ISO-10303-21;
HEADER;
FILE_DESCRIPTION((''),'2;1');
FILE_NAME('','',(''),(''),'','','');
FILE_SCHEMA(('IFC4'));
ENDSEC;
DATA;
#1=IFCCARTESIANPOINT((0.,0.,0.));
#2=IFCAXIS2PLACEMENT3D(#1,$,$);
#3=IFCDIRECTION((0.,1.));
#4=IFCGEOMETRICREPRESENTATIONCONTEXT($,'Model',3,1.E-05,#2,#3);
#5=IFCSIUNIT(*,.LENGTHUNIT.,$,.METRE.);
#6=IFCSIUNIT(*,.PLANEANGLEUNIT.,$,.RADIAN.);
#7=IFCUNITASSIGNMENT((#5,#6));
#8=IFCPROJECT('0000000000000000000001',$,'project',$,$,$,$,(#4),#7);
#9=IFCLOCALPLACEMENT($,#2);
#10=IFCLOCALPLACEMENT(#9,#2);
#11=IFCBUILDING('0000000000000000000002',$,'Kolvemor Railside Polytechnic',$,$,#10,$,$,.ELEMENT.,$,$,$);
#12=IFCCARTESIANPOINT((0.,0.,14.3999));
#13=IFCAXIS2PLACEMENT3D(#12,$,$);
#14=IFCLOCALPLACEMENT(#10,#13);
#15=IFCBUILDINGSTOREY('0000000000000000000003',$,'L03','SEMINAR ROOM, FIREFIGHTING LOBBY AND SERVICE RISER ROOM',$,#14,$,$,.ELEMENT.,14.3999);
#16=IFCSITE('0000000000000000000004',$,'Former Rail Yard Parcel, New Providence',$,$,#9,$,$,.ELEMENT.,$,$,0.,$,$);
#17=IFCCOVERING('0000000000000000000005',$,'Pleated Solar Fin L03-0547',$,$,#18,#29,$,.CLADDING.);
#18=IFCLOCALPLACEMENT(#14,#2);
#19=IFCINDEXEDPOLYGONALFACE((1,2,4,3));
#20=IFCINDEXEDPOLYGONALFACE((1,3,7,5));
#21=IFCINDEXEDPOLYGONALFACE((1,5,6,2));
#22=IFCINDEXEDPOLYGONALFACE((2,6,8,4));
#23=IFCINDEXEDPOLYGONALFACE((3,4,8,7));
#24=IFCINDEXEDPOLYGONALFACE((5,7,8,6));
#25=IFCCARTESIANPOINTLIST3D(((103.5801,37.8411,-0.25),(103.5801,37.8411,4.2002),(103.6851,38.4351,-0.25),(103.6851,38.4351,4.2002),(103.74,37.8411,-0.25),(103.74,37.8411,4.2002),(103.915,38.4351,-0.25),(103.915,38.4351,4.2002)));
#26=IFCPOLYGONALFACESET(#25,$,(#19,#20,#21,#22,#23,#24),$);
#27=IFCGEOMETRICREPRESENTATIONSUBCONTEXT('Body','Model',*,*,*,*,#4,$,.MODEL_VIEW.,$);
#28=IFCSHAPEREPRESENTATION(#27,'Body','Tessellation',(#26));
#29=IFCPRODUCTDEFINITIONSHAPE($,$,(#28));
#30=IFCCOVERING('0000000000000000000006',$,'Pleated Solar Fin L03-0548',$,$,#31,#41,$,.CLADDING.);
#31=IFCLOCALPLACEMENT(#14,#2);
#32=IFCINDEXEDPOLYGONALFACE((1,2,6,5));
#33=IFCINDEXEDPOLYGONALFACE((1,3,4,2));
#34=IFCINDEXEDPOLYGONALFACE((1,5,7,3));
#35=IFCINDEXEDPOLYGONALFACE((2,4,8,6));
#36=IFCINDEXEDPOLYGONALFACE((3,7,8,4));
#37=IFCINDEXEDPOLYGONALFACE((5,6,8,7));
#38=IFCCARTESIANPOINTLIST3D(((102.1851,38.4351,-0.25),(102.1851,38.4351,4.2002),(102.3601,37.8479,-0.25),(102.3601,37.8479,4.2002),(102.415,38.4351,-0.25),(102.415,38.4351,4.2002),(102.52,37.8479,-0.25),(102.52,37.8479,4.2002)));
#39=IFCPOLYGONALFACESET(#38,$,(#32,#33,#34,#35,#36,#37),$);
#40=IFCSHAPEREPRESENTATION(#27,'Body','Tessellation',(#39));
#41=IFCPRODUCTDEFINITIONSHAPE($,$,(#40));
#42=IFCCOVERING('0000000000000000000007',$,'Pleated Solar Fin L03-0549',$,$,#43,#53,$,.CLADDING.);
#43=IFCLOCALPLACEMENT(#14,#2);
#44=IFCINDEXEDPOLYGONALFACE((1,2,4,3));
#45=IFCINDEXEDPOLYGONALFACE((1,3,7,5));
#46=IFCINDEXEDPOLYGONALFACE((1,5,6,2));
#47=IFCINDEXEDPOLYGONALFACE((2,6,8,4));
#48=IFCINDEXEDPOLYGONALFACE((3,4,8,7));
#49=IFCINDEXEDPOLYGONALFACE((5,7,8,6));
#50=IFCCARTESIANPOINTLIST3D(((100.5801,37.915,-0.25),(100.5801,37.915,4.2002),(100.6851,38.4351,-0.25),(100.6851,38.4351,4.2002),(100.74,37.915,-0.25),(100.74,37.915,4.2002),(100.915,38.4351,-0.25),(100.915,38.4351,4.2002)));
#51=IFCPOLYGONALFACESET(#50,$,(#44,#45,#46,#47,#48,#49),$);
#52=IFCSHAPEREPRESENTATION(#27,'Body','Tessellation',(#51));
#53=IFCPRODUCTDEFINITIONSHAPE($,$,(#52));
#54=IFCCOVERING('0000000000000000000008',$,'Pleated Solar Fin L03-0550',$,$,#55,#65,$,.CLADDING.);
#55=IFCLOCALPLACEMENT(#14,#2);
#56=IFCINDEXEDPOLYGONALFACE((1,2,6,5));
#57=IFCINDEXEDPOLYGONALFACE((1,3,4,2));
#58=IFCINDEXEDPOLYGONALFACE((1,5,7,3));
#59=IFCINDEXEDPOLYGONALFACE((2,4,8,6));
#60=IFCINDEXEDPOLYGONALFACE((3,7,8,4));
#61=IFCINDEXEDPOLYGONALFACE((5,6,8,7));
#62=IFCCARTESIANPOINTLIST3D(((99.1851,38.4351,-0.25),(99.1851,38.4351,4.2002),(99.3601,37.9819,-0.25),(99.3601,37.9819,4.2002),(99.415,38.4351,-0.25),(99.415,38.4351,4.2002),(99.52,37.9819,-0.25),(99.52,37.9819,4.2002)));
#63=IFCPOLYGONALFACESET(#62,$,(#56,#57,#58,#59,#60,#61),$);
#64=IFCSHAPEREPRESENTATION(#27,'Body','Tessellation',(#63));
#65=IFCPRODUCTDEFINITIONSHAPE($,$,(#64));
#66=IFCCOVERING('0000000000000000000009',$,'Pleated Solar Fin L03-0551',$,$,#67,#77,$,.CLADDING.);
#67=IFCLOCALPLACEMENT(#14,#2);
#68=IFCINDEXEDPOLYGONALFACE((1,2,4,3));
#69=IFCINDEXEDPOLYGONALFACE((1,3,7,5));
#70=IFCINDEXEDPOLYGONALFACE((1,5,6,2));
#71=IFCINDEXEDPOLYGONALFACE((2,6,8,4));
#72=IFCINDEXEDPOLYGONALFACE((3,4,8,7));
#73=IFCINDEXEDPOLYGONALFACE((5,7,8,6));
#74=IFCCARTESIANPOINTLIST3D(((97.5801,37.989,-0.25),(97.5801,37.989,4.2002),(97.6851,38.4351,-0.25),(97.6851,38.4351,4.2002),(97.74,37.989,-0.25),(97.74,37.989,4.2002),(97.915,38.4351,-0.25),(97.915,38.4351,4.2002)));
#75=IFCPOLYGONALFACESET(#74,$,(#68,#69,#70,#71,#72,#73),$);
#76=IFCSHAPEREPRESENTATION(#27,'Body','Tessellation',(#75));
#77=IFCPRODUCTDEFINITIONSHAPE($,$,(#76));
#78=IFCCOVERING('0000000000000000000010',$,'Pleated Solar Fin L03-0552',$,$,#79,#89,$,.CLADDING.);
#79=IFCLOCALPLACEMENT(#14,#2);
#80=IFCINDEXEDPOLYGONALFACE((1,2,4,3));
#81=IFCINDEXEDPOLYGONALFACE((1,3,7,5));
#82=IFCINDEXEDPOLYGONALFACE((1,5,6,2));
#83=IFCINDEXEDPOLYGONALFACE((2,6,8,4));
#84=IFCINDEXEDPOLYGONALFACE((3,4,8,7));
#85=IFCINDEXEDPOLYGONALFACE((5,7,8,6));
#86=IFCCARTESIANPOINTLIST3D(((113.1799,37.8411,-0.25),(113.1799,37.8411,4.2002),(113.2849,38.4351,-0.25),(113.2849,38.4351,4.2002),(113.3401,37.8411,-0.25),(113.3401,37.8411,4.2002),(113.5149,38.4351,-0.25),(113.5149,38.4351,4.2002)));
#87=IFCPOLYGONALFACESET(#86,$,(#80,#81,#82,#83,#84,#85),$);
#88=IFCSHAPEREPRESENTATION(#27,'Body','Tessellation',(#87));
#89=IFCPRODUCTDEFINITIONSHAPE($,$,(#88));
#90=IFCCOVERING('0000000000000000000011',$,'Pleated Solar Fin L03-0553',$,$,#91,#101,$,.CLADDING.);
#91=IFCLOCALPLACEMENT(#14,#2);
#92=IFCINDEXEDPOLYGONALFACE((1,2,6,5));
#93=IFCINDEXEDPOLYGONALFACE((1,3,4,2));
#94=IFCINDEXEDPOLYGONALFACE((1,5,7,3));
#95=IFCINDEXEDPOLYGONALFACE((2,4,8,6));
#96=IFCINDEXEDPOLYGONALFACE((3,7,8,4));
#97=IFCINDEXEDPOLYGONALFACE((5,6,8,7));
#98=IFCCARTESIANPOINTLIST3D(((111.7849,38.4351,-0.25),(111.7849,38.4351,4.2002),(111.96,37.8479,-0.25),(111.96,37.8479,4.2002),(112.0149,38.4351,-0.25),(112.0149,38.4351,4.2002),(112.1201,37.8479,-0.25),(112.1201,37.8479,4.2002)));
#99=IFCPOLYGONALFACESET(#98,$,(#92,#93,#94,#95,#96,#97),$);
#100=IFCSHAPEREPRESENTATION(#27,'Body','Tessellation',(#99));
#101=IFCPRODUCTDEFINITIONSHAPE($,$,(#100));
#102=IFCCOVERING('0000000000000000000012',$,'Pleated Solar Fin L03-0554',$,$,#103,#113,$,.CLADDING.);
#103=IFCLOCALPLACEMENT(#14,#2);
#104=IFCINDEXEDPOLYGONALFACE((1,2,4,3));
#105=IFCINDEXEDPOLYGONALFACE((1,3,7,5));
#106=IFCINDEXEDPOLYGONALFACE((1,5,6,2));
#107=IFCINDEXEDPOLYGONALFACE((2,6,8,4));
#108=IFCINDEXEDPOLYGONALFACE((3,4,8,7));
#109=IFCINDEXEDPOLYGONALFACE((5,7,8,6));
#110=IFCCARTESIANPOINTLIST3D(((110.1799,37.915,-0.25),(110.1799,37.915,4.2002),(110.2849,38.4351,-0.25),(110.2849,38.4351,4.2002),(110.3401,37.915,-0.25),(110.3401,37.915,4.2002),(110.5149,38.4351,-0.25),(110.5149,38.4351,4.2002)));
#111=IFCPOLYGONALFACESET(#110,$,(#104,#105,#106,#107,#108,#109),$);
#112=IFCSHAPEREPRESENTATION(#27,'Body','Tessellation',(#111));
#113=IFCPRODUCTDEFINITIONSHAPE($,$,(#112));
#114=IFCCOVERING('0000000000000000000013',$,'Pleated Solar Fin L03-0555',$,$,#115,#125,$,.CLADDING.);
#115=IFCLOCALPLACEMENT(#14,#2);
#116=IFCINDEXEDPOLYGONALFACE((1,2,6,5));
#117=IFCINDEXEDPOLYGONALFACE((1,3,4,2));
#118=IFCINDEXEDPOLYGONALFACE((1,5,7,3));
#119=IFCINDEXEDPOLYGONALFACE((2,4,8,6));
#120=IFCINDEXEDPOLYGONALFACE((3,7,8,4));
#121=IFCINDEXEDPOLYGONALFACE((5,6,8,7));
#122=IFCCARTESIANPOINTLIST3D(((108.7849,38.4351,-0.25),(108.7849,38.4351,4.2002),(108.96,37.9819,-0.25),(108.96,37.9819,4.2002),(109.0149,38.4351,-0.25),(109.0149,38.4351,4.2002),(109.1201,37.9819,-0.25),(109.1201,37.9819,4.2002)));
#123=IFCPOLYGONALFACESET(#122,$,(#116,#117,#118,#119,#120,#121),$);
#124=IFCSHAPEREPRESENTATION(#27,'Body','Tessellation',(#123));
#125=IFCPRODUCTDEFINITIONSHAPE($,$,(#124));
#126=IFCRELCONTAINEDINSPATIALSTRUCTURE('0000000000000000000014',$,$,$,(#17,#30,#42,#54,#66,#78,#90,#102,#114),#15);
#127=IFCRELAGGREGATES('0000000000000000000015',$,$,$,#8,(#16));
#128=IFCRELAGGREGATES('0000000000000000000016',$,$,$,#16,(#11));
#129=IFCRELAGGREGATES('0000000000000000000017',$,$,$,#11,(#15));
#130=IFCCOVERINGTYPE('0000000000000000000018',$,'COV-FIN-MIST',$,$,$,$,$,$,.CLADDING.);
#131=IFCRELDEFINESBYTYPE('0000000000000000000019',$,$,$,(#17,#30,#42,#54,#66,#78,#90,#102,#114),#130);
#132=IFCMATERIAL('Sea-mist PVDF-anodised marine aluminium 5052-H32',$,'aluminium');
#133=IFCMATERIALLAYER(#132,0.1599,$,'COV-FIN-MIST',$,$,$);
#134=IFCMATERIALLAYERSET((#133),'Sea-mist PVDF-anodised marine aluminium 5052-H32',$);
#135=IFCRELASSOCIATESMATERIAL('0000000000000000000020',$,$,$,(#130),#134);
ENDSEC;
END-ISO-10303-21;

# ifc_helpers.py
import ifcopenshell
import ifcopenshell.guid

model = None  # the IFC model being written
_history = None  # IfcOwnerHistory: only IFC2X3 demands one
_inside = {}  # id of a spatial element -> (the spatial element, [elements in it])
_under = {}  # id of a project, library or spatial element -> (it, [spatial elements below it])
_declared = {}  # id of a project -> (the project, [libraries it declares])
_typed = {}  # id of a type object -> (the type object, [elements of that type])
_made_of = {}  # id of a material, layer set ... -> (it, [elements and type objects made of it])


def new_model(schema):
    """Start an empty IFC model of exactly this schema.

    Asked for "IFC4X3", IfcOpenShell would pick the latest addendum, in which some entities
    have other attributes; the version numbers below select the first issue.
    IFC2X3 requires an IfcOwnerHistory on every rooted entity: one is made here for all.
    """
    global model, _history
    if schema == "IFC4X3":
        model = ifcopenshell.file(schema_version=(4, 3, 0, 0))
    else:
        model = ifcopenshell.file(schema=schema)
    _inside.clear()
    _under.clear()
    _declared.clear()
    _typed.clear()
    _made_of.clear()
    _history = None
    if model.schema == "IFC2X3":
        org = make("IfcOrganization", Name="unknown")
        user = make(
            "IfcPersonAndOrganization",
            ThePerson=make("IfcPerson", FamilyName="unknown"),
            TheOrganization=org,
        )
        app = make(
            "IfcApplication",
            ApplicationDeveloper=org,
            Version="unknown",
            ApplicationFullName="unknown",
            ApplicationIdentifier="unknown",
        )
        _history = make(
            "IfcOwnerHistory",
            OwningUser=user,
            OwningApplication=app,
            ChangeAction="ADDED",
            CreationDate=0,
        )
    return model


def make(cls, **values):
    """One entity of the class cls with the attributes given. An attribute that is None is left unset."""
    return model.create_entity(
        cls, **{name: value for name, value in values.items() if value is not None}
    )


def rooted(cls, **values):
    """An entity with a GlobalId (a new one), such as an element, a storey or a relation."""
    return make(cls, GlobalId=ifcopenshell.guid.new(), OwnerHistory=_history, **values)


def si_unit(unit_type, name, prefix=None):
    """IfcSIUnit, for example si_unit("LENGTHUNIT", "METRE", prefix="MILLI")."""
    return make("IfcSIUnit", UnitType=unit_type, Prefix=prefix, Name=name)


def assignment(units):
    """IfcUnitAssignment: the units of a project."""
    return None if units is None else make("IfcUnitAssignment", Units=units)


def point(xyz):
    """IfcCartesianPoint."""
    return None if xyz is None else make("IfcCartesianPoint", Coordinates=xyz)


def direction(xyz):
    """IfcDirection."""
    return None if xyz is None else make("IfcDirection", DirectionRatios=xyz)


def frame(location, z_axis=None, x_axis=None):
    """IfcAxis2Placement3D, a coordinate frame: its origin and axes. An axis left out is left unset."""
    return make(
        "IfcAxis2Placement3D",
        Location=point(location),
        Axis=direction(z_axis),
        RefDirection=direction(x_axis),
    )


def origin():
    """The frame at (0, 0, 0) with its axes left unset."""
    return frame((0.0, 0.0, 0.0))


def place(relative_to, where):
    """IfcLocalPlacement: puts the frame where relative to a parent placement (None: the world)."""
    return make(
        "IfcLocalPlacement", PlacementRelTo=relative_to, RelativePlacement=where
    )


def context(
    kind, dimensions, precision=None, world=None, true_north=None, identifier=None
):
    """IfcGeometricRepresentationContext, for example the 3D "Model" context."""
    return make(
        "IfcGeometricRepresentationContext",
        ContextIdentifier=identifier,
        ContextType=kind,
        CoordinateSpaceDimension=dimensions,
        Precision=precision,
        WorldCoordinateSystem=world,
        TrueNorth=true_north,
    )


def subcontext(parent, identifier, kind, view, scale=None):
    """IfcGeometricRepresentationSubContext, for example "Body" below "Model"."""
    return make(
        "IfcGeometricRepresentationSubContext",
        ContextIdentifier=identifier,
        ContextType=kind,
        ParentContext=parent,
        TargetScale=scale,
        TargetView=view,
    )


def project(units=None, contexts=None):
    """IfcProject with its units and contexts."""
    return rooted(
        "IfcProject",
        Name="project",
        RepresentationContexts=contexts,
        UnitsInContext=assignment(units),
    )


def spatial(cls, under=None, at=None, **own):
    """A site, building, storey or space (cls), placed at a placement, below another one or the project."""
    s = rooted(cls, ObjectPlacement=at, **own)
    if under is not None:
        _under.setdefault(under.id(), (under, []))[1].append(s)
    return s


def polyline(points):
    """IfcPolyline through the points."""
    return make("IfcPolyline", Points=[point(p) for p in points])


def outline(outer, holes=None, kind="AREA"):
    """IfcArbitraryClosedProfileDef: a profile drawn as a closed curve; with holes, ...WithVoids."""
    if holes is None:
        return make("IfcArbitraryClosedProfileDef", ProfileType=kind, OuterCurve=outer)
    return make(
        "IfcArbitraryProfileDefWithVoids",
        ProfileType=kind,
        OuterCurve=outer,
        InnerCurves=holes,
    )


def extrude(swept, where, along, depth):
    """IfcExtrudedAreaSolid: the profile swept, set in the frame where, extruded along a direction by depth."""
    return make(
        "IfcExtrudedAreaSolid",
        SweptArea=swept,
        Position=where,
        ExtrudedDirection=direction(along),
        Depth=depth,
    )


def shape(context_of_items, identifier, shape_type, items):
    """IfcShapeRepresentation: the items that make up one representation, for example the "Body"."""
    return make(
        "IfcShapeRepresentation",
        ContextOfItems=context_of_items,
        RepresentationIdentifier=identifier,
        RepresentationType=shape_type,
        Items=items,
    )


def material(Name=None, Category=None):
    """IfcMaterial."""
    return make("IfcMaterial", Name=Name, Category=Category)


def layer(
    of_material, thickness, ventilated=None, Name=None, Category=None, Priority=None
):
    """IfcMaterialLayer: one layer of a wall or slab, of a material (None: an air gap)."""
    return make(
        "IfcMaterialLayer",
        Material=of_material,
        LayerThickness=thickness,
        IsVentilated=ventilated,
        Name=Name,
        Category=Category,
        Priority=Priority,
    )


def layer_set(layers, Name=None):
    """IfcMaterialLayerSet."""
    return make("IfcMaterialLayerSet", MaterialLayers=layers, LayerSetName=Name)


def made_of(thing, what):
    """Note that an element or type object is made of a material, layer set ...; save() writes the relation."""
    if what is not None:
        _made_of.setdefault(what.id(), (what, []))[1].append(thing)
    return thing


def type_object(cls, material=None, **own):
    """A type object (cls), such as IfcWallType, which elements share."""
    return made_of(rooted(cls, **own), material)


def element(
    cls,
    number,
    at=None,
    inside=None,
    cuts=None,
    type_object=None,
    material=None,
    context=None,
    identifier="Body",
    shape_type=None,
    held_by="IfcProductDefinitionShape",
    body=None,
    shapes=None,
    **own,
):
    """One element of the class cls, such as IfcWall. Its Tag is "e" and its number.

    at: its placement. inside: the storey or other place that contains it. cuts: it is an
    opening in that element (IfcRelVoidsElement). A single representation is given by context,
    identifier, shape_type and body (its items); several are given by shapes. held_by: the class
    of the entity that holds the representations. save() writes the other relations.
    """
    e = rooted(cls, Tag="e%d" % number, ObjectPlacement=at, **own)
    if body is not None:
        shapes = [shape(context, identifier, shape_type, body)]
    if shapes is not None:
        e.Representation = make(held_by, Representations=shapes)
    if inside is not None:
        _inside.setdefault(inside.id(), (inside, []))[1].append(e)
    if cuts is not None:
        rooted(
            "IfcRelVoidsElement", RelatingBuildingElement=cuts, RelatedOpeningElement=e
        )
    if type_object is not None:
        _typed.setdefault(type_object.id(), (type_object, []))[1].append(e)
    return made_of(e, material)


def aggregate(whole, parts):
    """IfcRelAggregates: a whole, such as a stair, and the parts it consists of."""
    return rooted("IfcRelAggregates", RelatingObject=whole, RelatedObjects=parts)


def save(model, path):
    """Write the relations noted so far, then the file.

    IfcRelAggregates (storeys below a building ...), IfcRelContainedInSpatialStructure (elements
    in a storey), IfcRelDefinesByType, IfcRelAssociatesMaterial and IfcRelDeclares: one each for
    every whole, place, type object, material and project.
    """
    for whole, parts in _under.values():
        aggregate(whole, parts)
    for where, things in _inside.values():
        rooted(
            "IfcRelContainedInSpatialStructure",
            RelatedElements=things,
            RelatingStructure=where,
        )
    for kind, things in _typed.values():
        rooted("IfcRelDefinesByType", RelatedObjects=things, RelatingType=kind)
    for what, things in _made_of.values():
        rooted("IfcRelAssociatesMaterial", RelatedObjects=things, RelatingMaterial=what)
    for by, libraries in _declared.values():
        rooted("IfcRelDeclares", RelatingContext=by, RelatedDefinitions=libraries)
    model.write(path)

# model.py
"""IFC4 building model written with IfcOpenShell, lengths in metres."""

from ifc_helpers import new_model, si_unit, direction, frame, origin, place, context, subcontext, project, spatial, polyline, outline, extrude, material, layer, layer_set, type_object, element, save


model = new_model("IFC4")

# Units and contexts
model_context = context("Model", 3, precision=1e-05, world=origin(), true_north=direction((0.0, 1.0)))
body_context = subcontext(model_context, "Body", "Model", "MODEL_VIEW")
ifc_project = project(units=[si_unit("LENGTHUNIT", "METRE"), si_unit("PLANEANGLEUNIT", "RADIAN")], contexts=[model_context])

# Site, building, storey
site_placement = place(None, origin())
site = spatial("IfcSite", under=ifc_project, at=site_placement, Name="Former Rail Yard Parcel, New Providence", CompositionType="ELEMENT", RefElevation=0.0)
building_placement = place(site_placement, origin())
building = spatial("IfcBuilding", under=site, at=building_placement, Name="Kolvemor Railside Polytechnic", CompositionType="ELEMENT")
storey_placement = place(building_placement, frame((0.0, 0.0, 14.3999)))
storey = spatial("IfcBuildingStorey", under=building, at=storey_placement, Name="L03", Description="SEMINAR ROOM, FIREFIGHTING LOBBY AND SERVICE RISER ROOM", CompositionType="ELEMENT", Elevation=14.3999)

# Coverings
ifc_material = material(Name="Sea-mist PVDF-anodised marine aluminium 5052-H32", Category="aluminium")
ifc_layer = layer(ifc_material, 0.1599, Name="COV-FIN-MIST")
ifc_layer_set = layer_set([ifc_layer], Name="Sea-mist PVDF-anodised marine aluminium 5052-H32")
covering_type = type_object("IfcCoveringType", Name="COV-FIN-MIST", PredefinedType="CLADDING", material=ifc_layer_set)
covering_1_placement = place(storey_placement, frame((0.0, 0.0, -0.25)))
element("IfcCovering", 1, at=covering_1_placement, inside=storey, type_object=covering_type, Name="Pleated Solar Fin L03-0547", PredefinedType="CLADDING", context=body_context, shape_type="SweptSolid", body=[
    extrude(outline(polyline([(103.915, 38.4351), (103.6851, 38.4351), (103.5801, 37.8411), (103.74, 37.8411), (103.915, 38.4351)])), origin(), (0.0, 0.0, 1.0), 4.4502),
])
covering_2_placement = place(storey_placement, frame((0.0, 0.0, -0.25)))
element("IfcCovering", 2, at=covering_2_placement, inside=storey, type_object=covering_type, Name="Pleated Solar Fin L03-0548", PredefinedType="CLADDING", context=body_context, shape_type="SweptSolid", body=[
    extrude(outline(polyline([(102.415, 38.4351), (102.1851, 38.4351), (102.3601, 37.8479), (102.52, 37.8479), (102.415, 38.4351)])), origin(), (0.0, 0.0, 1.0), 4.4502),
])
covering_3_placement = place(storey_placement, frame((0.0, 0.0, -0.25)))
element("IfcCovering", 3, at=covering_3_placement, inside=storey, type_object=covering_type, Name="Pleated Solar Fin L03-0549", PredefinedType="CLADDING", context=body_context, shape_type="SweptSolid", body=[
    extrude(outline(polyline([(100.915, 38.4351), (100.6851, 38.4351), (100.5801, 37.915), (100.74, 37.915), (100.915, 38.4351)])), origin(), (0.0, 0.0, 1.0), 4.4502),
])
covering_4_placement = place(storey_placement, frame((0.0, 0.0, -0.25)))
element("IfcCovering", 4, at=covering_4_placement, inside=storey, type_object=covering_type, Name="Pleated Solar Fin L03-0550", PredefinedType="CLADDING", context=body_context, shape_type="SweptSolid", body=[
    extrude(outline(polyline([(99.415, 38.4351), (99.1851, 38.4351), (99.3601, 37.9819), (99.52, 37.9819), (99.415, 38.4351)])), origin(), (0.0, 0.0, 1.0), 4.4502),
])
covering_5_placement = place(storey_placement, frame((0.0, 0.0, -0.25)))
element("IfcCovering", 5, at=covering_5_placement, inside=storey, type_object=covering_type, Name="Pleated Solar Fin L03-0551", PredefinedType="CLADDING", context=body_context, shape_type="SweptSolid", body=[
    extrude(outline(polyline([(97.915, 38.4351), (97.6851, 38.4351), (97.5801, 37.989), (97.74, 37.989), (97.915, 38.4351)])), origin(), (0.0, 0.0, 1.0), 4.4502),
])
covering_6_placement = place(storey_placement, frame((0.0, 0.0, -0.25)))
element("IfcCovering", 6, at=covering_6_placement, inside=storey, type_object=covering_type, Name="Pleated Solar Fin L03-0552", PredefinedType="CLADDING", context=body_context, shape_type="SweptSolid", body=[
    extrude(outline(polyline([(113.5149, 38.4351), (113.2849, 38.4351), (113.1799, 37.8411), (113.3401, 37.8411), (113.5149, 38.4351)])), origin(), (0.0, 0.0, 1.0), 4.4502),
])
covering_7_placement = place(storey_placement, frame((0.0, 0.0, -0.25)))
element("IfcCovering", 7, at=covering_7_placement, inside=storey, type_object=covering_type, Name="Pleated Solar Fin L03-0553", PredefinedType="CLADDING", context=body_context, shape_type="SweptSolid", body=[
    extrude(outline(polyline([(112.0149, 38.4351), (111.7849, 38.4351), (111.96, 37.8479), (112.1201, 37.8479), (112.0149, 38.4351)])), origin(), (0.0, 0.0, 1.0), 4.4502),
])
covering_8_placement = place(storey_placement, frame((0.0, 0.0, -0.25)))
element("IfcCovering", 8, at=covering_8_placement, inside=storey, type_object=covering_type, Name="Pleated Solar Fin L03-0554", PredefinedType="CLADDING", context=body_context, shape_type="SweptSolid", body=[
    extrude(outline(polyline([(110.5149, 38.4351), (110.2849, 38.4351), (110.1799, 37.915), (110.3401, 37.915), (110.5149, 38.4351)])), origin(), (0.0, 0.0, 1.0), 4.4502),
])
covering_9_placement = place(storey_placement, frame((0.0, 0.0, -0.25)))
element("IfcCovering", 9, at=covering_9_placement, inside=storey, type_object=covering_type, Name="Pleated Solar Fin L03-0555", PredefinedType="CLADDING", context=body_context, shape_type="SweptSolid", body=[
    extrude(outline(polyline([(109.0149, 38.4351), (108.7849, 38.4351), (108.96, 37.9819), (109.1201, 37.9819), (109.0149, 38.4351)])), origin(), (0.0, 0.0, 1.0), 4.4502),
])

save(model, "model.ifc")
